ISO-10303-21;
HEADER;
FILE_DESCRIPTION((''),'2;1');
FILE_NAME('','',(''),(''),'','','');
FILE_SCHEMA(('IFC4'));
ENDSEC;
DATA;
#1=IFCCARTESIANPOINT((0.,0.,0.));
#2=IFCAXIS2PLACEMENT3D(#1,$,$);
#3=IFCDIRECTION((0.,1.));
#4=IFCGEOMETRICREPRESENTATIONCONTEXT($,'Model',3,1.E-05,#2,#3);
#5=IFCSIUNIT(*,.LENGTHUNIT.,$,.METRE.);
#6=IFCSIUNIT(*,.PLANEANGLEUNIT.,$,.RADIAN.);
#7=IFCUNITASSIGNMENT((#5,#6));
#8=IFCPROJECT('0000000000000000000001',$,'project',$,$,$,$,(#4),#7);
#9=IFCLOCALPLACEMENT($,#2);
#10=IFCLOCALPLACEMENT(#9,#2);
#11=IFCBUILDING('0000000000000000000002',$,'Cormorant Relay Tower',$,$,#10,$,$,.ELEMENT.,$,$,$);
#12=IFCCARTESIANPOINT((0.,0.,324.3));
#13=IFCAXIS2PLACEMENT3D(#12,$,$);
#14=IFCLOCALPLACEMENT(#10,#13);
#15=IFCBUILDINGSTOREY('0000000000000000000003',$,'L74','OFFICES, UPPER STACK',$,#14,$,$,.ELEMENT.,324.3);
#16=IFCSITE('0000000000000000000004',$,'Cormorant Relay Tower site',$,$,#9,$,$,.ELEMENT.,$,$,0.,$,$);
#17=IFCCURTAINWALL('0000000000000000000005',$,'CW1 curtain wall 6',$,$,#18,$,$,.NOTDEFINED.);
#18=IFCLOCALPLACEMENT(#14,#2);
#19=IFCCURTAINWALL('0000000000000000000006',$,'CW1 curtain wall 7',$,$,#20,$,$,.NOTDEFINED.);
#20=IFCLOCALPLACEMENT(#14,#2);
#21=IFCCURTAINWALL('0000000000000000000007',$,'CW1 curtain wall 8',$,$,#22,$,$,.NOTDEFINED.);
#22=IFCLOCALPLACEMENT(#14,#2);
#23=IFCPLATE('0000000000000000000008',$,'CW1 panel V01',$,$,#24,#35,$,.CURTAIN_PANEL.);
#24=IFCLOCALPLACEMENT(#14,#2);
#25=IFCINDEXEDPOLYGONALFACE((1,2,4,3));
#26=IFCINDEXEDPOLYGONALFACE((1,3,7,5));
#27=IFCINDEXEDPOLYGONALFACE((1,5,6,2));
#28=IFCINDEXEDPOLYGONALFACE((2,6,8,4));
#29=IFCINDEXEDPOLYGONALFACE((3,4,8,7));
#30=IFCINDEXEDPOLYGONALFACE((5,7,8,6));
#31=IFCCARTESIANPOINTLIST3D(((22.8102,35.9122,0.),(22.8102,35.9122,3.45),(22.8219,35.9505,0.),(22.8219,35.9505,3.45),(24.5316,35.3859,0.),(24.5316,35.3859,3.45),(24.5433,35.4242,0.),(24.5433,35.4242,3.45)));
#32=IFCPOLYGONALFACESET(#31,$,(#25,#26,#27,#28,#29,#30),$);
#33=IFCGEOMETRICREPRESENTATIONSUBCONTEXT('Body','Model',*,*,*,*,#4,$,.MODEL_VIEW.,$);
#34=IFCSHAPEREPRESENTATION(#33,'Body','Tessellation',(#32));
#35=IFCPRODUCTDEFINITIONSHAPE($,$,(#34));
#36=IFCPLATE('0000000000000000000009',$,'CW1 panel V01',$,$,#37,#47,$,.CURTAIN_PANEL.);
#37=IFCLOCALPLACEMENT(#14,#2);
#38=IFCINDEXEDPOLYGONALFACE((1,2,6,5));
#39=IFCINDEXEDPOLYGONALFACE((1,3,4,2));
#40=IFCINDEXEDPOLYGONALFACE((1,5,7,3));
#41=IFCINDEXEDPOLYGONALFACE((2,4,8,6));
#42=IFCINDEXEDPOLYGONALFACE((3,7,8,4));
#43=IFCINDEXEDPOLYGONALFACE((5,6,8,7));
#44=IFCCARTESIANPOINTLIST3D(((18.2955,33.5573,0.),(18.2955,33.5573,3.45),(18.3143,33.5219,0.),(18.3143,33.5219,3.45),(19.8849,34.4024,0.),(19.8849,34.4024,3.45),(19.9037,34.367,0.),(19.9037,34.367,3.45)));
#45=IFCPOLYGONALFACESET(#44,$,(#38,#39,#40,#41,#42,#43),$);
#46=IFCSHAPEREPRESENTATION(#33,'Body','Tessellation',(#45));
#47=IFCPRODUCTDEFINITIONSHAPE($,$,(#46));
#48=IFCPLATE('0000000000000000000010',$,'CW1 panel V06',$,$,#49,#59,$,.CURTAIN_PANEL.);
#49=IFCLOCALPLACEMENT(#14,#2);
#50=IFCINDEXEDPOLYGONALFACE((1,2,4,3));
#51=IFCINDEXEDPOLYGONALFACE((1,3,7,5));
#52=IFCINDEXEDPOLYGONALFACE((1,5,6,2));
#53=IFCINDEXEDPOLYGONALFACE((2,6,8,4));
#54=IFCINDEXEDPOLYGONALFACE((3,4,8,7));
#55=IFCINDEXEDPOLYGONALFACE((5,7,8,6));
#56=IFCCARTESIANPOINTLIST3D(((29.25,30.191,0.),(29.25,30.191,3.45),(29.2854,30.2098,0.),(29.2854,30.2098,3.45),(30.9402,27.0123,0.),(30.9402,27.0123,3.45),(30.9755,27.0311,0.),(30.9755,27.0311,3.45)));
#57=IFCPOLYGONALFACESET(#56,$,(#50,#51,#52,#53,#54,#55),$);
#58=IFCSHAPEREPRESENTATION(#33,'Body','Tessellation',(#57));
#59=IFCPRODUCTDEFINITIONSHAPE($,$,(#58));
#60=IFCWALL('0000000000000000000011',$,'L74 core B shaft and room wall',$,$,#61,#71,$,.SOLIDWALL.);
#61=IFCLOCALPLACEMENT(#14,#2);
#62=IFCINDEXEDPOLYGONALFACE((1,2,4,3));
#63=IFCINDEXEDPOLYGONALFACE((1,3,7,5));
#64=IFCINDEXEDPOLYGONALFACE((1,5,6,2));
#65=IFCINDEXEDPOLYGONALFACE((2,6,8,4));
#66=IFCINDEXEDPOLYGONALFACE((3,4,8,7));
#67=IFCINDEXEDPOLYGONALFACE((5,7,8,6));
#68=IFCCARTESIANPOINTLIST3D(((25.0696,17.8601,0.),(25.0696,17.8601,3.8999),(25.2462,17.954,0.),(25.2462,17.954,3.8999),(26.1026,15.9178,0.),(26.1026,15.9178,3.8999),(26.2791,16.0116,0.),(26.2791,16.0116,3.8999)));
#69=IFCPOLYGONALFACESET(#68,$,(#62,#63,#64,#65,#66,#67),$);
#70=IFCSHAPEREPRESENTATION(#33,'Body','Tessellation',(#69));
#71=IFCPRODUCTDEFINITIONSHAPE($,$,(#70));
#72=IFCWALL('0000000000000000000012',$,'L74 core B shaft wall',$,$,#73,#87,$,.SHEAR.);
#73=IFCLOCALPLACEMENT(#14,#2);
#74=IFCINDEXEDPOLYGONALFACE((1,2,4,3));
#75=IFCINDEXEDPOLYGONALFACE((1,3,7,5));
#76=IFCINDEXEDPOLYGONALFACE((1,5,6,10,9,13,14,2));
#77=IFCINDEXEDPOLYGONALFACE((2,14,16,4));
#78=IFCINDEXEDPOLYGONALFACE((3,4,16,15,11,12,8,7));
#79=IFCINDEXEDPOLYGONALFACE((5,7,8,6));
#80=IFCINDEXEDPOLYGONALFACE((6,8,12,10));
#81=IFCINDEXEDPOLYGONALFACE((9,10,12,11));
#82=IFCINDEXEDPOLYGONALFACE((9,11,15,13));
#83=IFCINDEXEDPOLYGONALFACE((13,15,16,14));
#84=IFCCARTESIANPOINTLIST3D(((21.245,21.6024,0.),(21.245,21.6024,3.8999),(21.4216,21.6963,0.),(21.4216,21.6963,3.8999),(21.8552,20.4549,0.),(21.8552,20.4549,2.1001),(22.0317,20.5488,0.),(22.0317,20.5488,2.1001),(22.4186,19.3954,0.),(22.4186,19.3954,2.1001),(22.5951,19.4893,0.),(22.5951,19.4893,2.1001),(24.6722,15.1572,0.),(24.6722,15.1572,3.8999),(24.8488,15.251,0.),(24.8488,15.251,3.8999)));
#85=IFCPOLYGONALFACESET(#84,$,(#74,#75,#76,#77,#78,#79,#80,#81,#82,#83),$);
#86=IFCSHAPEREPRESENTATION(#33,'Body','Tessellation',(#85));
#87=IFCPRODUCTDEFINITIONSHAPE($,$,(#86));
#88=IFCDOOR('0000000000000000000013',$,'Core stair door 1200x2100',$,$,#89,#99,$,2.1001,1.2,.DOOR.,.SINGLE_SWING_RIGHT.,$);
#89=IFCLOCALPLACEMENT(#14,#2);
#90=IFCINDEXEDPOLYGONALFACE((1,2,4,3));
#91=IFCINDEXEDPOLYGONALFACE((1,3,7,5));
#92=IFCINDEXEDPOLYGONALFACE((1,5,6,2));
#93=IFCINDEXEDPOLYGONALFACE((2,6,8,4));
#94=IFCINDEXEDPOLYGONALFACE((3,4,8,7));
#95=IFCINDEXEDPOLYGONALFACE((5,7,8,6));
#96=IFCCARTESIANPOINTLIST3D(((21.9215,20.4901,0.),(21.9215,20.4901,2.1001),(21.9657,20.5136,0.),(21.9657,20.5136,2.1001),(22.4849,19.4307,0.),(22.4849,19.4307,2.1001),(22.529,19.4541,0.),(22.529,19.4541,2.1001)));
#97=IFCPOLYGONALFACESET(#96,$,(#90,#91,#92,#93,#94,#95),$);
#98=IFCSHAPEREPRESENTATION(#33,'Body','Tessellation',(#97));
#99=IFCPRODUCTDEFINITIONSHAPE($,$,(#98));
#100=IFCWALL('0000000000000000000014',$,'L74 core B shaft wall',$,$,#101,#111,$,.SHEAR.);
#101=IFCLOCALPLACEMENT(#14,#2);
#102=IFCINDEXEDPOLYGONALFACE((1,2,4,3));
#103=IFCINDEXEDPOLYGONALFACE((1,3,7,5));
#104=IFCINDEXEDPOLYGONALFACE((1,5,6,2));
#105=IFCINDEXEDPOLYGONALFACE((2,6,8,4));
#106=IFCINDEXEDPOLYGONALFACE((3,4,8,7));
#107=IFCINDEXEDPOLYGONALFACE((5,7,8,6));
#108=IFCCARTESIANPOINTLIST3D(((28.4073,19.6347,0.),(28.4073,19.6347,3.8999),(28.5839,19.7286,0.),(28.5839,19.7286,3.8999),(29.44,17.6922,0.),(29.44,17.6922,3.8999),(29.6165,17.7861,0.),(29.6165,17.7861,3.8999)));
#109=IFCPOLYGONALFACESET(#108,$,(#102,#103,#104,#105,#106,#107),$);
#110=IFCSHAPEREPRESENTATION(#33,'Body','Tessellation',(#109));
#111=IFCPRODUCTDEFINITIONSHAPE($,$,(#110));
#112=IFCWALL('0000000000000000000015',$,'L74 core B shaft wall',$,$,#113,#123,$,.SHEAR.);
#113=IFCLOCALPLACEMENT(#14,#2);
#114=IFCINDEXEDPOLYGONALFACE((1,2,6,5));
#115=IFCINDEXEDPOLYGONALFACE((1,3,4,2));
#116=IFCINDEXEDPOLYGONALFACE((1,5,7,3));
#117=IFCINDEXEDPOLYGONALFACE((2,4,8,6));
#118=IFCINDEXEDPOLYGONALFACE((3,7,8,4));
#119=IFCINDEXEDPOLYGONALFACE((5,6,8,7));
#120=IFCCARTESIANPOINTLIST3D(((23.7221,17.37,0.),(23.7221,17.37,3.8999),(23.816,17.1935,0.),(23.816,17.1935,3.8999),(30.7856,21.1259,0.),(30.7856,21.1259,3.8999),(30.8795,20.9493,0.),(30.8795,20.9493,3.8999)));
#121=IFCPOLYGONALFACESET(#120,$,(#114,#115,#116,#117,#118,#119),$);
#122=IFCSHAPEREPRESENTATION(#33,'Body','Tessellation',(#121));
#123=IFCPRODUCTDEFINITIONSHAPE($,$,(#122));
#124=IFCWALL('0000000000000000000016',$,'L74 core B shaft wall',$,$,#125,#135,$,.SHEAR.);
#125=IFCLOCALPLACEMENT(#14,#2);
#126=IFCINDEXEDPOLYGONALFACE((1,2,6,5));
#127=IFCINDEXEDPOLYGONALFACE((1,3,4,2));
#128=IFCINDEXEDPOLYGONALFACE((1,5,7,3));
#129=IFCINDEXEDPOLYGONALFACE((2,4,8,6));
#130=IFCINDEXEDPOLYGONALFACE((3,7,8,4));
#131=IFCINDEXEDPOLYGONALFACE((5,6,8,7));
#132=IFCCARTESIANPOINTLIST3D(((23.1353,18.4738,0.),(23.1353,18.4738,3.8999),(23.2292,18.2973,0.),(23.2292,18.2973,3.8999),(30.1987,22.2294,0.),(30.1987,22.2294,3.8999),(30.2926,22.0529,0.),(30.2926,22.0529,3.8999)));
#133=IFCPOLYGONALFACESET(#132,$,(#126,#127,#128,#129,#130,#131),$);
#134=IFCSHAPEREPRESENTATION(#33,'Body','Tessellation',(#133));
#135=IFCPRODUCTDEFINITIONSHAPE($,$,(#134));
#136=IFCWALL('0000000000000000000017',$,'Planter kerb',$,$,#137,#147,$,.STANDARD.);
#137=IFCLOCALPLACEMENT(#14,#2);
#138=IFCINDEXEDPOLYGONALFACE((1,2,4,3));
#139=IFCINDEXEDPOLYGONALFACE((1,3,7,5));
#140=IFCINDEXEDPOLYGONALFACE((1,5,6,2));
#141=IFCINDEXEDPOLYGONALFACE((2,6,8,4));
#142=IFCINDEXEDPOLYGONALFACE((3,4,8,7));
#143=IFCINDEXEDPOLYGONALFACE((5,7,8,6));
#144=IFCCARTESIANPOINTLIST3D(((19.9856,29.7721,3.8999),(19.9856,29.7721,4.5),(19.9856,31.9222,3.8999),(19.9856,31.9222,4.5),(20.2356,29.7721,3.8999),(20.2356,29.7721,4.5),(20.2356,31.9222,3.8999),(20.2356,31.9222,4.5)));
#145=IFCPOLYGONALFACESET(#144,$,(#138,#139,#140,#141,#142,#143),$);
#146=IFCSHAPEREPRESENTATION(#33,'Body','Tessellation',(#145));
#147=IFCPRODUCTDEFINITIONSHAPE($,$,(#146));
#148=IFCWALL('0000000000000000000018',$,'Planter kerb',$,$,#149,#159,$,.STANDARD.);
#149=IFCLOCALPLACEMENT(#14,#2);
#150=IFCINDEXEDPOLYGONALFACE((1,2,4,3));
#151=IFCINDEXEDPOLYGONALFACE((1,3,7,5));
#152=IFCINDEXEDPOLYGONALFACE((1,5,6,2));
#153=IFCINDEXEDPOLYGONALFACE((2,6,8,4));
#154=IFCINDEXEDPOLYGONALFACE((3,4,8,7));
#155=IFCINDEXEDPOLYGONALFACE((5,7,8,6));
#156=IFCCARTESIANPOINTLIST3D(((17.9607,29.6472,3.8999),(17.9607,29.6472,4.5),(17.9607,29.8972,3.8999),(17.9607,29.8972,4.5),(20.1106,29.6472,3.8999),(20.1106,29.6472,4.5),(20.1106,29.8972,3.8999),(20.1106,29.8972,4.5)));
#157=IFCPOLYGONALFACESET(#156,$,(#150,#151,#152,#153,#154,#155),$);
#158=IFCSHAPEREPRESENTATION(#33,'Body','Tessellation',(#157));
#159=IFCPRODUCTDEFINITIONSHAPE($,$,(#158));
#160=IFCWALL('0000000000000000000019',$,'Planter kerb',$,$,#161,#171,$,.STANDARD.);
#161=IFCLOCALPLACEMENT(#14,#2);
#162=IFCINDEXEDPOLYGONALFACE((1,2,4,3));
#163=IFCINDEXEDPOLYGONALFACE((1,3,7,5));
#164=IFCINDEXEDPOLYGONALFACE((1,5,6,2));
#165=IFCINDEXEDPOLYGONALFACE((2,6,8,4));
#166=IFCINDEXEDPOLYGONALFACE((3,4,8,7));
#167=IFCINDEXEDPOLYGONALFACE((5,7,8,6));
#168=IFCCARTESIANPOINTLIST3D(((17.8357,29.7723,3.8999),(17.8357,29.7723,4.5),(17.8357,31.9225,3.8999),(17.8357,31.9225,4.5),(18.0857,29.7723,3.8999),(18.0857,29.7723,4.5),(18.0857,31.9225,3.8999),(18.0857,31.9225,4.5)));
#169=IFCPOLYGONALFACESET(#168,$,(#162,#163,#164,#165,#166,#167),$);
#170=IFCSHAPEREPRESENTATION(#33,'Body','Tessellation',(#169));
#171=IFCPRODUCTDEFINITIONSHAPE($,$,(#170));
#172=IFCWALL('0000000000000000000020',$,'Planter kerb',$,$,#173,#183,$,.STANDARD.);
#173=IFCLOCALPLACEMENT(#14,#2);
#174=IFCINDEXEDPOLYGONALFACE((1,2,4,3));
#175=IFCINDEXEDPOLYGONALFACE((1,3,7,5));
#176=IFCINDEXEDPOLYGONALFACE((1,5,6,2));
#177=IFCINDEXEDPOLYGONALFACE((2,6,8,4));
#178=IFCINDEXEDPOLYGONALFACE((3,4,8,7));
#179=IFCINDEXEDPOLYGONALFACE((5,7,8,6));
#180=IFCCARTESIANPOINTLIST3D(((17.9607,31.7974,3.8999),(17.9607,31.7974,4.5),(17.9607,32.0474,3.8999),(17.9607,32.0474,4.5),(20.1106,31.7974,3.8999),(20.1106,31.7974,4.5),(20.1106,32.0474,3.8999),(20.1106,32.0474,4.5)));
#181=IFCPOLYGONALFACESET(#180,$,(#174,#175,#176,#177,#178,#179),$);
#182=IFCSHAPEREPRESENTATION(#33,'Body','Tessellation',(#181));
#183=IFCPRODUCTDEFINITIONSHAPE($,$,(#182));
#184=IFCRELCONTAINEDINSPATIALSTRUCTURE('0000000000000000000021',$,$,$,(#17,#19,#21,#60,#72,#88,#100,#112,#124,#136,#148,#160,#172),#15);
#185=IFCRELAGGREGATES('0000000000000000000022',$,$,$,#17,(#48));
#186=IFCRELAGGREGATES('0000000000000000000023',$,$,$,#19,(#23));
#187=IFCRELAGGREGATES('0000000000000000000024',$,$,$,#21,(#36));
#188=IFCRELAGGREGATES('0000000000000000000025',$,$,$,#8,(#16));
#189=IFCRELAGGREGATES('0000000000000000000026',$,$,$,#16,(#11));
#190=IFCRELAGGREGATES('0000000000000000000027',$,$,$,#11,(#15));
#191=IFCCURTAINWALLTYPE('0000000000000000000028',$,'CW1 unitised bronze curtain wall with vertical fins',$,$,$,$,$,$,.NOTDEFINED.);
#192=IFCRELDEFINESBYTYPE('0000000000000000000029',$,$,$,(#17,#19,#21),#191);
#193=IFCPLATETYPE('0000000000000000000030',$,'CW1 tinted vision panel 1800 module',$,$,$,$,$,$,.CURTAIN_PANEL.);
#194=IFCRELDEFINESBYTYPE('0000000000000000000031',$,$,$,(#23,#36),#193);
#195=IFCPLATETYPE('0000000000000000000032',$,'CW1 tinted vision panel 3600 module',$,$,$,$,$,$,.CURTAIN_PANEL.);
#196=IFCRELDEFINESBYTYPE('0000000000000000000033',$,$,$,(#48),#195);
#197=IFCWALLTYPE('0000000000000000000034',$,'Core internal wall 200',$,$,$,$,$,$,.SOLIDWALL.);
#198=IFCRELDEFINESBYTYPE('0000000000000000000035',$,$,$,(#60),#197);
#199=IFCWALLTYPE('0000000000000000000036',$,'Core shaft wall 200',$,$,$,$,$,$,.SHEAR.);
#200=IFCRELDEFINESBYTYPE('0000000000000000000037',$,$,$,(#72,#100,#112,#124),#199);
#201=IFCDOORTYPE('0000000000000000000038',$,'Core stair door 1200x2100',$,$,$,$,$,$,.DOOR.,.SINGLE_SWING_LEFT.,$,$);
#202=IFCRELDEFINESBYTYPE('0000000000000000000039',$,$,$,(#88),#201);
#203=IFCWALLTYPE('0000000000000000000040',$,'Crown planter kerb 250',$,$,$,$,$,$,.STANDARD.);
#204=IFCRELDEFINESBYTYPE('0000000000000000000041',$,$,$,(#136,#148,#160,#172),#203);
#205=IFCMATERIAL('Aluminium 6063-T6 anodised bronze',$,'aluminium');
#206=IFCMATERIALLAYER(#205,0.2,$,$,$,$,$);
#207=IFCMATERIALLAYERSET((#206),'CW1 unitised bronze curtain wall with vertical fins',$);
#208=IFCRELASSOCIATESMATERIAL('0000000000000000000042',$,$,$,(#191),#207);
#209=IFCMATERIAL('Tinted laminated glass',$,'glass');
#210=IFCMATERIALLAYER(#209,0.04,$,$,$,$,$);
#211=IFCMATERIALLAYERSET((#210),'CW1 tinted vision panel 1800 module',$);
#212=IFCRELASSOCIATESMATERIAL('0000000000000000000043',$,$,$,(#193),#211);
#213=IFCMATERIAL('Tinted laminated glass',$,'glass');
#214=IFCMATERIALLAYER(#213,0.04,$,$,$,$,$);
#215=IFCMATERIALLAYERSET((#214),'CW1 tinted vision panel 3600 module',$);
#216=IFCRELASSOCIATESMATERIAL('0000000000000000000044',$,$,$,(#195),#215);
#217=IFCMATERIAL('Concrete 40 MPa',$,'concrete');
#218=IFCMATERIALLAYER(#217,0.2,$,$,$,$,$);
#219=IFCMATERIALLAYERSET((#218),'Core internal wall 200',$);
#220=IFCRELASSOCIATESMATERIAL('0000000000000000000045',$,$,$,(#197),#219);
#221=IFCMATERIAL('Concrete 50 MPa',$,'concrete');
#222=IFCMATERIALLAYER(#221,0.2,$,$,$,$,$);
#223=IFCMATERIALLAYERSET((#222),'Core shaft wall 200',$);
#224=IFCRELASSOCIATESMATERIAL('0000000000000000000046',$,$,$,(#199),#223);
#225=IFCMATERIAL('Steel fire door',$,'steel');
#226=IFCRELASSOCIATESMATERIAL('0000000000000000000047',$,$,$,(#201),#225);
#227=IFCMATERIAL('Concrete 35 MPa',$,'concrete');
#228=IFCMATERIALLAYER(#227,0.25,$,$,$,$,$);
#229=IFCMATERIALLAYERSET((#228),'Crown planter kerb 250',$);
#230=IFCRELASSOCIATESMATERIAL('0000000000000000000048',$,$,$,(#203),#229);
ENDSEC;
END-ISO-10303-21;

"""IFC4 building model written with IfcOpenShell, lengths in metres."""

from ifc_helpers import new_model, si_unit, direction, frame, frame_2d, origin, origin_2d, place, context, subcontext, project, spatial, rectangle, extrude, material, layer, layer_set, type_object, element, fill, aggregate, save


model = new_model("IFC4")

# Units and contexts
model_context = context("Model", 3, precision=1e-05, world=origin(), true_north=direction((0.0, 1.0)))
body_context = subcontext(model_context, "Body", "Model", "MODEL_VIEW")
ifc_project = project(units=[si_unit("LENGTHUNIT", "METRE"), si_unit("PLANEANGLEUNIT", "RADIAN")], contexts=[model_context])

# Site, building, storey
site_placement = place(None, origin())
site = spatial("IfcSite", under=ifc_project, at=site_placement, Name="Cormorant Relay Tower site", CompositionType="ELEMENT", RefElevation=0.0)
building_placement = place(site_placement, origin())
building = spatial("IfcBuilding", under=site, at=building_placement, Name="Cormorant Relay Tower", CompositionType="ELEMENT")
storey_placement = place(building_placement, frame((0.0, 0.0, 324.3)))
storey = spatial("IfcBuildingStorey", under=building, at=storey_placement, Name="L74", Description="OFFICES, UPPER STACK", CompositionType="ELEMENT", Elevation=324.3)

# Curtain wall
ifc_material_1 = material(Name="Aluminium 6063-T6 anodised bronze", Category="aluminium")
ifc_layer_1 = layer(ifc_material_1, 0.2)
ifc_layer_set_1 = layer_set([ifc_layer_1], Name="CW1 unitised bronze curtain wall with vertical fins")
curtain_wall_type = type_object("IfcCurtainWallType", Name="CW1 unitised bronze curtain wall with vertical fins", PredefinedType="NOTDEFINED", material=ifc_layer_set_1)
curtain_wall_1_placement = place(storey_placement, origin())
curtain_wall_1 = element("IfcCurtainWall", 1, at=curtain_wall_1_placement, inside=storey, type_object=curtain_wall_type, Name="CW1 curtain wall 6", PredefinedType="NOTDEFINED")

# Curtain walls
curtain_wall_2_placement = place(storey_placement, origin())
curtain_wall_2 = element("IfcCurtainWall", 2, at=curtain_wall_2_placement, inside=storey, type_object=curtain_wall_type, Name="CW1 curtain wall 7", PredefinedType="NOTDEFINED")
curtain_wall_3_placement = place(storey_placement, origin())
curtain_wall_3 = element("IfcCurtainWall", 3, at=curtain_wall_3_placement, inside=storey, type_object=curtain_wall_type, Name="CW1 curtain wall 8", PredefinedType="NOTDEFINED")

# Plates
ifc_material_2 = material(Name="Tinted laminated glass", Category="glass")
ifc_layer_2 = layer(ifc_material_2, 0.04)
ifc_layer_set_2 = layer_set([ifc_layer_2], Name="CW1 tinted vision panel 1800 module")
plate_type_1 = type_object("IfcPlateType", Name="CW1 tinted vision panel 1800 module", PredefinedType="CURTAIN_PANEL", material=ifc_layer_set_2)
plate_1_placement = place(storey_placement, frame((23.6768, 35.6682, 0.0), z_axis=(0.0, 0.0, 1.0), x_axis=(-0.956305, 0.292372, 0.0)))
plate_1 = element("IfcPlate", 4, at=plate_1_placement, type_object=plate_type_1, Name="CW1 panel V01", PredefinedType="CURTAIN_PANEL", context=body_context, shape_type="SweptSolid", body=[
    extrude(rectangle(XDim=1.8, YDim=0.04, at=origin_2d()), origin(), (0.0, 0.0, 1.0), 3.45),
])
plate_2_placement = place(storey_placement, frame((19.0996, 33.9622, 0.0), z_axis=(0.0, 0.0, 1.0), x_axis=(-0.882948, -0.469472, 0.0)))
plate_2 = element("IfcPlate", 5, at=plate_2_placement, type_object=plate_type_1, Name="CW1 panel V01", PredefinedType="CURTAIN_PANEL", context=body_context, shape_type="SweptSolid", body=[
    extrude(rectangle(XDim=1.8, YDim=0.04, at=origin_2d()), origin(), (0.0, 0.0, 1.0), 3.45),
])
ifc_material_3 = material(Name="Tinted laminated glass", Category="glass")
ifc_layer_3 = layer(ifc_material_3, 0.04)
ifc_layer_set_3 = layer_set([ifc_layer_3], Name="CW1 tinted vision panel 3600 module")
plate_type_2 = type_object("IfcPlateType", Name="CW1 tinted vision panel 3600 module", PredefinedType="CURTAIN_PANEL", material=ifc_layer_set_3)
plate_3_placement = place(storey_placement, frame((30.1128, 28.6111, 0.0), z_axis=(0.0, 0.0, 1.0), x_axis=(-0.469472, 0.882948, 0.0)))
plate_3 = element("IfcPlate", 6, at=plate_3_placement, type_object=plate_type_2, Name="CW1 panel V06", PredefinedType="CURTAIN_PANEL", context=body_context, shape_type="SweptSolid", body=[
    extrude(rectangle(XDim=3.6001, YDim=0.04, at=origin_2d()), origin(), (0.0, 0.0, 1.0), 3.45),
])

# Wall
ifc_material_4 = material(Name="Concrete 40 MPa", Category="concrete")
ifc_layer_4 = layer(ifc_material_4, 0.2)
ifc_layer_set_4 = layer_set([ifc_layer_4], Name="Core internal wall 200")
wall_type_1 = type_object("IfcWallType", Name="Core internal wall 200", PredefinedType="SOLIDWALL", material=ifc_layer_set_4)
wall_1_placement = place(storey_placement, frame((26.1909, 15.9646, 0.0), z_axis=(0.0, 0.0, 1.0), x_axis=(-0.469534, 0.882914, 0.0)))
element("IfcWall", 7, at=wall_1_placement, inside=storey, type_object=wall_type_1, Name="L74 core B shaft and room wall", PredefinedType="SOLIDWALL", context=body_context, shape_type="SweptSolid", body=[
    extrude(rectangle(XDim=2.2, YDim=0.2, at=frame_2d((1.1001, 0.0))), origin(), (0.0, 0.0, 1.0), 3.8999),
])

# Wall, opening, door
ifc_material_5 = material(Name="Concrete 50 MPa", Category="concrete")
ifc_layer_5 = layer(ifc_material_5, 0.2)
ifc_layer_set_5 = layer_set([ifc_layer_5], Name="Core shaft wall 200")
wall_type_2 = type_object("IfcWallType", Name="Core shaft wall 200", PredefinedType="SHEAR", material=ifc_layer_set_5)
wall_2_placement = place(storey_placement, frame((24.7605, 15.2041, 0.0), z_axis=(0.0, 0.0, 1.0), x_axis=(-0.469494, 0.882936, 0.0)))
wall_2 = element("IfcWall", 8, at=wall_2_placement, inside=storey, type_object=wall_type_2, Name="L74 core B shaft wall", PredefinedType="SHEAR", context=body_context, shape_type="SweptSolid", body=[
    extrude(rectangle(XDim=7.2998, YDim=0.2, at=frame_2d((3.6499, 0.0))), origin(), (0.0, 0.0, 1.0), 3.8999),
])
opening_placement = place(wall_2_placement, frame((4.8, 0.0, 0.0)))
opening = element("IfcOpeningElement", 9, at=opening_placement, cuts=wall_2, PredefinedType="OPENING", context=body_context, shape_type="SweptSolid", body=[
    extrude(rectangle(XDim=1.2, YDim=2.1001, at=frame_2d((0.6001, 1.05))), frame((0.0, 0.1099, 0.0), z_axis=(0.0, -1.0, 0.0), x_axis=(1.0, 0.0, 0.0)), (0.0, 0.0, 1.0), 0.22),
])
ifc_material_6 = material(Name="Steel fire door", Category="steel")
door_type = type_object("IfcDoorType", Name="Core stair door 1200x2100", OperationType="SINGLE_SWING_LEFT", PredefinedType="DOOR", material=ifc_material_6)
door_placement = place(opening_placement, origin())
door = element("IfcDoor", 10, at=door_placement, inside=storey, type_object=door_type, Name="Core stair door 1200x2100", OperationType="SINGLE_SWING_RIGHT", OverallHeight=2.1001, OverallWidth=1.2, PredefinedType="DOOR", context=body_context, shape_type="SweptSolid", body=[
    extrude(rectangle(XDim=1.2, YDim=2.1001, at=frame_2d((0.6001, 1.05))), frame((0.0, 0.0249, 0.0), z_axis=(0.0, -1.0, 0.0), x_axis=(1.0, 0.0, 0.0)), (0.0, 0.0, 1.0), 0.05),
])
fill(opening, door)

# Walls
wall_3_placement = place(storey_placement, frame((29.5283, 17.739, 0.0), z_axis=(0.0, 0.0, 1.0), x_axis=(-0.469401, 0.882985, 0.0)))
element("IfcWall", 11, at=wall_3_placement, inside=storey, type_object=wall_type_2, Name="L74 core B shaft wall", PredefinedType="SHEAR", context=body_context, shape_type="SweptSolid", body=[
    extrude(rectangle(XDim=2.2, YDim=0.2, at=frame_2d((1.1001, 0.0))), origin(), (0.0, 0.0, 1.0), 3.8999),
])
wall_4_placement = place(storey_placement, frame((23.769, 17.2817, 0.0), z_axis=(0.0, 0.0, 1.0), x_axis=(0.88294, 0.469485, 0.0)))
element("IfcWall", 12, at=wall_4_placement, inside=storey, type_object=wall_type_2, Name="L74 core B shaft wall", PredefinedType="SHEAR", context=body_context, shape_type="SweptSolid", body=[
    extrude(rectangle(XDim=8.0, YDim=0.2, at=frame_2d((4.0, 0.0))), origin(), (0.0, 0.0, 1.0), 3.8999),
])
wall_5_placement = place(storey_placement, frame((23.1821, 18.3855, 0.0), z_axis=(0.0, 0.0, 1.0), x_axis=(0.882953, 0.469462, 0.0)))
element("IfcWall", 13, at=wall_5_placement, inside=storey, type_object=wall_type_2, Name="L74 core B shaft wall", PredefinedType="SHEAR", context=body_context, shape_type="SweptSolid", body=[
    extrude(rectangle(XDim=7.9998, YDim=0.2, at=frame_2d((4.0, 0.0))), origin(), (0.0, 0.0, 1.0), 3.8999),
])
ifc_material_7 = material(Name="Concrete 35 MPa", Category="concrete")
ifc_layer_6 = layer(ifc_material_7, 0.25)
ifc_layer_set_6 = layer_set([ifc_layer_6], Name="Crown planter kerb 250")
wall_type_3 = type_object("IfcWallType", Name="Crown planter kerb 250", PredefinedType="STANDARD", material=ifc_layer_set_6)
wall_6_placement = place(storey_placement, frame((20.1106, 31.9224, 3.8999), z_axis=(0.0, 0.0, 1.0), x_axis=(0.0, -1.0, 0.0)))
element("IfcWall", 14, at=wall_6_placement, inside=storey, type_object=wall_type_3, Name="Planter kerb", PredefinedType="STANDARD", context=body_context, shape_type="SweptSolid", body=[
    extrude(rectangle(XDim=2.1501, YDim=0.25, at=frame_2d((1.0752, 0.0))), origin(), (0.0, 0.0, 1.0), 0.6001),
])
wall_7_placement = place(storey_placement, frame((20.1106, 29.7722, 3.8999), z_axis=(0.0, 0.0, 1.0), x_axis=(-1.0, 0.0, 0.0)))
element("IfcWall", 15, at=wall_7_placement, inside=storey, type_object=wall_type_3, Name="Planter kerb", PredefinedType="STANDARD", context=body_context, shape_type="SweptSolid", body=[
    extrude(rectangle(XDim=2.1499, YDim=0.25, at=frame_2d((1.075, 0.0))), origin(), (0.0, 0.0, 1.0), 0.6001),
])
wall_8_placement = place(storey_placement, frame((17.9607, 29.7722, 3.8999), z_axis=(0.0, 0.0, 1.0), x_axis=(0.0, 1.0, 0.0)))
element("IfcWall", 16, at=wall_8_placement, inside=storey, type_object=wall_type_3, Name="Planter kerb", PredefinedType="STANDARD", context=body_context, shape_type="SweptSolid", body=[
    extrude(rectangle(XDim=2.1501, YDim=0.25, at=frame_2d((1.0752, 0.0))), origin(), (0.0, 0.0, 1.0), 0.6001),
])
wall_9_placement = place(storey_placement, frame((17.9607, 31.9224, 3.8999), z_axis=(0.0, 0.0, 1.0), x_axis=(1.0, 0.0, 0.0)))
element("IfcWall", 17, at=wall_9_placement, inside=storey, type_object=wall_type_3, Name="Planter kerb", PredefinedType="STANDARD", context=body_context, shape_type="SweptSolid", body=[
    extrude(rectangle(XDim=2.1499, YDim=0.25, at=frame_2d((1.075, 0.0))), origin(), (0.0, 0.0, 1.0), 0.6001),
])

aggregate(curtain_wall_1, [plate_3])
aggregate(curtain_wall_2, [plate_1])
aggregate(curtain_wall_3, [plate_2])

save(model, "model.ifc")
